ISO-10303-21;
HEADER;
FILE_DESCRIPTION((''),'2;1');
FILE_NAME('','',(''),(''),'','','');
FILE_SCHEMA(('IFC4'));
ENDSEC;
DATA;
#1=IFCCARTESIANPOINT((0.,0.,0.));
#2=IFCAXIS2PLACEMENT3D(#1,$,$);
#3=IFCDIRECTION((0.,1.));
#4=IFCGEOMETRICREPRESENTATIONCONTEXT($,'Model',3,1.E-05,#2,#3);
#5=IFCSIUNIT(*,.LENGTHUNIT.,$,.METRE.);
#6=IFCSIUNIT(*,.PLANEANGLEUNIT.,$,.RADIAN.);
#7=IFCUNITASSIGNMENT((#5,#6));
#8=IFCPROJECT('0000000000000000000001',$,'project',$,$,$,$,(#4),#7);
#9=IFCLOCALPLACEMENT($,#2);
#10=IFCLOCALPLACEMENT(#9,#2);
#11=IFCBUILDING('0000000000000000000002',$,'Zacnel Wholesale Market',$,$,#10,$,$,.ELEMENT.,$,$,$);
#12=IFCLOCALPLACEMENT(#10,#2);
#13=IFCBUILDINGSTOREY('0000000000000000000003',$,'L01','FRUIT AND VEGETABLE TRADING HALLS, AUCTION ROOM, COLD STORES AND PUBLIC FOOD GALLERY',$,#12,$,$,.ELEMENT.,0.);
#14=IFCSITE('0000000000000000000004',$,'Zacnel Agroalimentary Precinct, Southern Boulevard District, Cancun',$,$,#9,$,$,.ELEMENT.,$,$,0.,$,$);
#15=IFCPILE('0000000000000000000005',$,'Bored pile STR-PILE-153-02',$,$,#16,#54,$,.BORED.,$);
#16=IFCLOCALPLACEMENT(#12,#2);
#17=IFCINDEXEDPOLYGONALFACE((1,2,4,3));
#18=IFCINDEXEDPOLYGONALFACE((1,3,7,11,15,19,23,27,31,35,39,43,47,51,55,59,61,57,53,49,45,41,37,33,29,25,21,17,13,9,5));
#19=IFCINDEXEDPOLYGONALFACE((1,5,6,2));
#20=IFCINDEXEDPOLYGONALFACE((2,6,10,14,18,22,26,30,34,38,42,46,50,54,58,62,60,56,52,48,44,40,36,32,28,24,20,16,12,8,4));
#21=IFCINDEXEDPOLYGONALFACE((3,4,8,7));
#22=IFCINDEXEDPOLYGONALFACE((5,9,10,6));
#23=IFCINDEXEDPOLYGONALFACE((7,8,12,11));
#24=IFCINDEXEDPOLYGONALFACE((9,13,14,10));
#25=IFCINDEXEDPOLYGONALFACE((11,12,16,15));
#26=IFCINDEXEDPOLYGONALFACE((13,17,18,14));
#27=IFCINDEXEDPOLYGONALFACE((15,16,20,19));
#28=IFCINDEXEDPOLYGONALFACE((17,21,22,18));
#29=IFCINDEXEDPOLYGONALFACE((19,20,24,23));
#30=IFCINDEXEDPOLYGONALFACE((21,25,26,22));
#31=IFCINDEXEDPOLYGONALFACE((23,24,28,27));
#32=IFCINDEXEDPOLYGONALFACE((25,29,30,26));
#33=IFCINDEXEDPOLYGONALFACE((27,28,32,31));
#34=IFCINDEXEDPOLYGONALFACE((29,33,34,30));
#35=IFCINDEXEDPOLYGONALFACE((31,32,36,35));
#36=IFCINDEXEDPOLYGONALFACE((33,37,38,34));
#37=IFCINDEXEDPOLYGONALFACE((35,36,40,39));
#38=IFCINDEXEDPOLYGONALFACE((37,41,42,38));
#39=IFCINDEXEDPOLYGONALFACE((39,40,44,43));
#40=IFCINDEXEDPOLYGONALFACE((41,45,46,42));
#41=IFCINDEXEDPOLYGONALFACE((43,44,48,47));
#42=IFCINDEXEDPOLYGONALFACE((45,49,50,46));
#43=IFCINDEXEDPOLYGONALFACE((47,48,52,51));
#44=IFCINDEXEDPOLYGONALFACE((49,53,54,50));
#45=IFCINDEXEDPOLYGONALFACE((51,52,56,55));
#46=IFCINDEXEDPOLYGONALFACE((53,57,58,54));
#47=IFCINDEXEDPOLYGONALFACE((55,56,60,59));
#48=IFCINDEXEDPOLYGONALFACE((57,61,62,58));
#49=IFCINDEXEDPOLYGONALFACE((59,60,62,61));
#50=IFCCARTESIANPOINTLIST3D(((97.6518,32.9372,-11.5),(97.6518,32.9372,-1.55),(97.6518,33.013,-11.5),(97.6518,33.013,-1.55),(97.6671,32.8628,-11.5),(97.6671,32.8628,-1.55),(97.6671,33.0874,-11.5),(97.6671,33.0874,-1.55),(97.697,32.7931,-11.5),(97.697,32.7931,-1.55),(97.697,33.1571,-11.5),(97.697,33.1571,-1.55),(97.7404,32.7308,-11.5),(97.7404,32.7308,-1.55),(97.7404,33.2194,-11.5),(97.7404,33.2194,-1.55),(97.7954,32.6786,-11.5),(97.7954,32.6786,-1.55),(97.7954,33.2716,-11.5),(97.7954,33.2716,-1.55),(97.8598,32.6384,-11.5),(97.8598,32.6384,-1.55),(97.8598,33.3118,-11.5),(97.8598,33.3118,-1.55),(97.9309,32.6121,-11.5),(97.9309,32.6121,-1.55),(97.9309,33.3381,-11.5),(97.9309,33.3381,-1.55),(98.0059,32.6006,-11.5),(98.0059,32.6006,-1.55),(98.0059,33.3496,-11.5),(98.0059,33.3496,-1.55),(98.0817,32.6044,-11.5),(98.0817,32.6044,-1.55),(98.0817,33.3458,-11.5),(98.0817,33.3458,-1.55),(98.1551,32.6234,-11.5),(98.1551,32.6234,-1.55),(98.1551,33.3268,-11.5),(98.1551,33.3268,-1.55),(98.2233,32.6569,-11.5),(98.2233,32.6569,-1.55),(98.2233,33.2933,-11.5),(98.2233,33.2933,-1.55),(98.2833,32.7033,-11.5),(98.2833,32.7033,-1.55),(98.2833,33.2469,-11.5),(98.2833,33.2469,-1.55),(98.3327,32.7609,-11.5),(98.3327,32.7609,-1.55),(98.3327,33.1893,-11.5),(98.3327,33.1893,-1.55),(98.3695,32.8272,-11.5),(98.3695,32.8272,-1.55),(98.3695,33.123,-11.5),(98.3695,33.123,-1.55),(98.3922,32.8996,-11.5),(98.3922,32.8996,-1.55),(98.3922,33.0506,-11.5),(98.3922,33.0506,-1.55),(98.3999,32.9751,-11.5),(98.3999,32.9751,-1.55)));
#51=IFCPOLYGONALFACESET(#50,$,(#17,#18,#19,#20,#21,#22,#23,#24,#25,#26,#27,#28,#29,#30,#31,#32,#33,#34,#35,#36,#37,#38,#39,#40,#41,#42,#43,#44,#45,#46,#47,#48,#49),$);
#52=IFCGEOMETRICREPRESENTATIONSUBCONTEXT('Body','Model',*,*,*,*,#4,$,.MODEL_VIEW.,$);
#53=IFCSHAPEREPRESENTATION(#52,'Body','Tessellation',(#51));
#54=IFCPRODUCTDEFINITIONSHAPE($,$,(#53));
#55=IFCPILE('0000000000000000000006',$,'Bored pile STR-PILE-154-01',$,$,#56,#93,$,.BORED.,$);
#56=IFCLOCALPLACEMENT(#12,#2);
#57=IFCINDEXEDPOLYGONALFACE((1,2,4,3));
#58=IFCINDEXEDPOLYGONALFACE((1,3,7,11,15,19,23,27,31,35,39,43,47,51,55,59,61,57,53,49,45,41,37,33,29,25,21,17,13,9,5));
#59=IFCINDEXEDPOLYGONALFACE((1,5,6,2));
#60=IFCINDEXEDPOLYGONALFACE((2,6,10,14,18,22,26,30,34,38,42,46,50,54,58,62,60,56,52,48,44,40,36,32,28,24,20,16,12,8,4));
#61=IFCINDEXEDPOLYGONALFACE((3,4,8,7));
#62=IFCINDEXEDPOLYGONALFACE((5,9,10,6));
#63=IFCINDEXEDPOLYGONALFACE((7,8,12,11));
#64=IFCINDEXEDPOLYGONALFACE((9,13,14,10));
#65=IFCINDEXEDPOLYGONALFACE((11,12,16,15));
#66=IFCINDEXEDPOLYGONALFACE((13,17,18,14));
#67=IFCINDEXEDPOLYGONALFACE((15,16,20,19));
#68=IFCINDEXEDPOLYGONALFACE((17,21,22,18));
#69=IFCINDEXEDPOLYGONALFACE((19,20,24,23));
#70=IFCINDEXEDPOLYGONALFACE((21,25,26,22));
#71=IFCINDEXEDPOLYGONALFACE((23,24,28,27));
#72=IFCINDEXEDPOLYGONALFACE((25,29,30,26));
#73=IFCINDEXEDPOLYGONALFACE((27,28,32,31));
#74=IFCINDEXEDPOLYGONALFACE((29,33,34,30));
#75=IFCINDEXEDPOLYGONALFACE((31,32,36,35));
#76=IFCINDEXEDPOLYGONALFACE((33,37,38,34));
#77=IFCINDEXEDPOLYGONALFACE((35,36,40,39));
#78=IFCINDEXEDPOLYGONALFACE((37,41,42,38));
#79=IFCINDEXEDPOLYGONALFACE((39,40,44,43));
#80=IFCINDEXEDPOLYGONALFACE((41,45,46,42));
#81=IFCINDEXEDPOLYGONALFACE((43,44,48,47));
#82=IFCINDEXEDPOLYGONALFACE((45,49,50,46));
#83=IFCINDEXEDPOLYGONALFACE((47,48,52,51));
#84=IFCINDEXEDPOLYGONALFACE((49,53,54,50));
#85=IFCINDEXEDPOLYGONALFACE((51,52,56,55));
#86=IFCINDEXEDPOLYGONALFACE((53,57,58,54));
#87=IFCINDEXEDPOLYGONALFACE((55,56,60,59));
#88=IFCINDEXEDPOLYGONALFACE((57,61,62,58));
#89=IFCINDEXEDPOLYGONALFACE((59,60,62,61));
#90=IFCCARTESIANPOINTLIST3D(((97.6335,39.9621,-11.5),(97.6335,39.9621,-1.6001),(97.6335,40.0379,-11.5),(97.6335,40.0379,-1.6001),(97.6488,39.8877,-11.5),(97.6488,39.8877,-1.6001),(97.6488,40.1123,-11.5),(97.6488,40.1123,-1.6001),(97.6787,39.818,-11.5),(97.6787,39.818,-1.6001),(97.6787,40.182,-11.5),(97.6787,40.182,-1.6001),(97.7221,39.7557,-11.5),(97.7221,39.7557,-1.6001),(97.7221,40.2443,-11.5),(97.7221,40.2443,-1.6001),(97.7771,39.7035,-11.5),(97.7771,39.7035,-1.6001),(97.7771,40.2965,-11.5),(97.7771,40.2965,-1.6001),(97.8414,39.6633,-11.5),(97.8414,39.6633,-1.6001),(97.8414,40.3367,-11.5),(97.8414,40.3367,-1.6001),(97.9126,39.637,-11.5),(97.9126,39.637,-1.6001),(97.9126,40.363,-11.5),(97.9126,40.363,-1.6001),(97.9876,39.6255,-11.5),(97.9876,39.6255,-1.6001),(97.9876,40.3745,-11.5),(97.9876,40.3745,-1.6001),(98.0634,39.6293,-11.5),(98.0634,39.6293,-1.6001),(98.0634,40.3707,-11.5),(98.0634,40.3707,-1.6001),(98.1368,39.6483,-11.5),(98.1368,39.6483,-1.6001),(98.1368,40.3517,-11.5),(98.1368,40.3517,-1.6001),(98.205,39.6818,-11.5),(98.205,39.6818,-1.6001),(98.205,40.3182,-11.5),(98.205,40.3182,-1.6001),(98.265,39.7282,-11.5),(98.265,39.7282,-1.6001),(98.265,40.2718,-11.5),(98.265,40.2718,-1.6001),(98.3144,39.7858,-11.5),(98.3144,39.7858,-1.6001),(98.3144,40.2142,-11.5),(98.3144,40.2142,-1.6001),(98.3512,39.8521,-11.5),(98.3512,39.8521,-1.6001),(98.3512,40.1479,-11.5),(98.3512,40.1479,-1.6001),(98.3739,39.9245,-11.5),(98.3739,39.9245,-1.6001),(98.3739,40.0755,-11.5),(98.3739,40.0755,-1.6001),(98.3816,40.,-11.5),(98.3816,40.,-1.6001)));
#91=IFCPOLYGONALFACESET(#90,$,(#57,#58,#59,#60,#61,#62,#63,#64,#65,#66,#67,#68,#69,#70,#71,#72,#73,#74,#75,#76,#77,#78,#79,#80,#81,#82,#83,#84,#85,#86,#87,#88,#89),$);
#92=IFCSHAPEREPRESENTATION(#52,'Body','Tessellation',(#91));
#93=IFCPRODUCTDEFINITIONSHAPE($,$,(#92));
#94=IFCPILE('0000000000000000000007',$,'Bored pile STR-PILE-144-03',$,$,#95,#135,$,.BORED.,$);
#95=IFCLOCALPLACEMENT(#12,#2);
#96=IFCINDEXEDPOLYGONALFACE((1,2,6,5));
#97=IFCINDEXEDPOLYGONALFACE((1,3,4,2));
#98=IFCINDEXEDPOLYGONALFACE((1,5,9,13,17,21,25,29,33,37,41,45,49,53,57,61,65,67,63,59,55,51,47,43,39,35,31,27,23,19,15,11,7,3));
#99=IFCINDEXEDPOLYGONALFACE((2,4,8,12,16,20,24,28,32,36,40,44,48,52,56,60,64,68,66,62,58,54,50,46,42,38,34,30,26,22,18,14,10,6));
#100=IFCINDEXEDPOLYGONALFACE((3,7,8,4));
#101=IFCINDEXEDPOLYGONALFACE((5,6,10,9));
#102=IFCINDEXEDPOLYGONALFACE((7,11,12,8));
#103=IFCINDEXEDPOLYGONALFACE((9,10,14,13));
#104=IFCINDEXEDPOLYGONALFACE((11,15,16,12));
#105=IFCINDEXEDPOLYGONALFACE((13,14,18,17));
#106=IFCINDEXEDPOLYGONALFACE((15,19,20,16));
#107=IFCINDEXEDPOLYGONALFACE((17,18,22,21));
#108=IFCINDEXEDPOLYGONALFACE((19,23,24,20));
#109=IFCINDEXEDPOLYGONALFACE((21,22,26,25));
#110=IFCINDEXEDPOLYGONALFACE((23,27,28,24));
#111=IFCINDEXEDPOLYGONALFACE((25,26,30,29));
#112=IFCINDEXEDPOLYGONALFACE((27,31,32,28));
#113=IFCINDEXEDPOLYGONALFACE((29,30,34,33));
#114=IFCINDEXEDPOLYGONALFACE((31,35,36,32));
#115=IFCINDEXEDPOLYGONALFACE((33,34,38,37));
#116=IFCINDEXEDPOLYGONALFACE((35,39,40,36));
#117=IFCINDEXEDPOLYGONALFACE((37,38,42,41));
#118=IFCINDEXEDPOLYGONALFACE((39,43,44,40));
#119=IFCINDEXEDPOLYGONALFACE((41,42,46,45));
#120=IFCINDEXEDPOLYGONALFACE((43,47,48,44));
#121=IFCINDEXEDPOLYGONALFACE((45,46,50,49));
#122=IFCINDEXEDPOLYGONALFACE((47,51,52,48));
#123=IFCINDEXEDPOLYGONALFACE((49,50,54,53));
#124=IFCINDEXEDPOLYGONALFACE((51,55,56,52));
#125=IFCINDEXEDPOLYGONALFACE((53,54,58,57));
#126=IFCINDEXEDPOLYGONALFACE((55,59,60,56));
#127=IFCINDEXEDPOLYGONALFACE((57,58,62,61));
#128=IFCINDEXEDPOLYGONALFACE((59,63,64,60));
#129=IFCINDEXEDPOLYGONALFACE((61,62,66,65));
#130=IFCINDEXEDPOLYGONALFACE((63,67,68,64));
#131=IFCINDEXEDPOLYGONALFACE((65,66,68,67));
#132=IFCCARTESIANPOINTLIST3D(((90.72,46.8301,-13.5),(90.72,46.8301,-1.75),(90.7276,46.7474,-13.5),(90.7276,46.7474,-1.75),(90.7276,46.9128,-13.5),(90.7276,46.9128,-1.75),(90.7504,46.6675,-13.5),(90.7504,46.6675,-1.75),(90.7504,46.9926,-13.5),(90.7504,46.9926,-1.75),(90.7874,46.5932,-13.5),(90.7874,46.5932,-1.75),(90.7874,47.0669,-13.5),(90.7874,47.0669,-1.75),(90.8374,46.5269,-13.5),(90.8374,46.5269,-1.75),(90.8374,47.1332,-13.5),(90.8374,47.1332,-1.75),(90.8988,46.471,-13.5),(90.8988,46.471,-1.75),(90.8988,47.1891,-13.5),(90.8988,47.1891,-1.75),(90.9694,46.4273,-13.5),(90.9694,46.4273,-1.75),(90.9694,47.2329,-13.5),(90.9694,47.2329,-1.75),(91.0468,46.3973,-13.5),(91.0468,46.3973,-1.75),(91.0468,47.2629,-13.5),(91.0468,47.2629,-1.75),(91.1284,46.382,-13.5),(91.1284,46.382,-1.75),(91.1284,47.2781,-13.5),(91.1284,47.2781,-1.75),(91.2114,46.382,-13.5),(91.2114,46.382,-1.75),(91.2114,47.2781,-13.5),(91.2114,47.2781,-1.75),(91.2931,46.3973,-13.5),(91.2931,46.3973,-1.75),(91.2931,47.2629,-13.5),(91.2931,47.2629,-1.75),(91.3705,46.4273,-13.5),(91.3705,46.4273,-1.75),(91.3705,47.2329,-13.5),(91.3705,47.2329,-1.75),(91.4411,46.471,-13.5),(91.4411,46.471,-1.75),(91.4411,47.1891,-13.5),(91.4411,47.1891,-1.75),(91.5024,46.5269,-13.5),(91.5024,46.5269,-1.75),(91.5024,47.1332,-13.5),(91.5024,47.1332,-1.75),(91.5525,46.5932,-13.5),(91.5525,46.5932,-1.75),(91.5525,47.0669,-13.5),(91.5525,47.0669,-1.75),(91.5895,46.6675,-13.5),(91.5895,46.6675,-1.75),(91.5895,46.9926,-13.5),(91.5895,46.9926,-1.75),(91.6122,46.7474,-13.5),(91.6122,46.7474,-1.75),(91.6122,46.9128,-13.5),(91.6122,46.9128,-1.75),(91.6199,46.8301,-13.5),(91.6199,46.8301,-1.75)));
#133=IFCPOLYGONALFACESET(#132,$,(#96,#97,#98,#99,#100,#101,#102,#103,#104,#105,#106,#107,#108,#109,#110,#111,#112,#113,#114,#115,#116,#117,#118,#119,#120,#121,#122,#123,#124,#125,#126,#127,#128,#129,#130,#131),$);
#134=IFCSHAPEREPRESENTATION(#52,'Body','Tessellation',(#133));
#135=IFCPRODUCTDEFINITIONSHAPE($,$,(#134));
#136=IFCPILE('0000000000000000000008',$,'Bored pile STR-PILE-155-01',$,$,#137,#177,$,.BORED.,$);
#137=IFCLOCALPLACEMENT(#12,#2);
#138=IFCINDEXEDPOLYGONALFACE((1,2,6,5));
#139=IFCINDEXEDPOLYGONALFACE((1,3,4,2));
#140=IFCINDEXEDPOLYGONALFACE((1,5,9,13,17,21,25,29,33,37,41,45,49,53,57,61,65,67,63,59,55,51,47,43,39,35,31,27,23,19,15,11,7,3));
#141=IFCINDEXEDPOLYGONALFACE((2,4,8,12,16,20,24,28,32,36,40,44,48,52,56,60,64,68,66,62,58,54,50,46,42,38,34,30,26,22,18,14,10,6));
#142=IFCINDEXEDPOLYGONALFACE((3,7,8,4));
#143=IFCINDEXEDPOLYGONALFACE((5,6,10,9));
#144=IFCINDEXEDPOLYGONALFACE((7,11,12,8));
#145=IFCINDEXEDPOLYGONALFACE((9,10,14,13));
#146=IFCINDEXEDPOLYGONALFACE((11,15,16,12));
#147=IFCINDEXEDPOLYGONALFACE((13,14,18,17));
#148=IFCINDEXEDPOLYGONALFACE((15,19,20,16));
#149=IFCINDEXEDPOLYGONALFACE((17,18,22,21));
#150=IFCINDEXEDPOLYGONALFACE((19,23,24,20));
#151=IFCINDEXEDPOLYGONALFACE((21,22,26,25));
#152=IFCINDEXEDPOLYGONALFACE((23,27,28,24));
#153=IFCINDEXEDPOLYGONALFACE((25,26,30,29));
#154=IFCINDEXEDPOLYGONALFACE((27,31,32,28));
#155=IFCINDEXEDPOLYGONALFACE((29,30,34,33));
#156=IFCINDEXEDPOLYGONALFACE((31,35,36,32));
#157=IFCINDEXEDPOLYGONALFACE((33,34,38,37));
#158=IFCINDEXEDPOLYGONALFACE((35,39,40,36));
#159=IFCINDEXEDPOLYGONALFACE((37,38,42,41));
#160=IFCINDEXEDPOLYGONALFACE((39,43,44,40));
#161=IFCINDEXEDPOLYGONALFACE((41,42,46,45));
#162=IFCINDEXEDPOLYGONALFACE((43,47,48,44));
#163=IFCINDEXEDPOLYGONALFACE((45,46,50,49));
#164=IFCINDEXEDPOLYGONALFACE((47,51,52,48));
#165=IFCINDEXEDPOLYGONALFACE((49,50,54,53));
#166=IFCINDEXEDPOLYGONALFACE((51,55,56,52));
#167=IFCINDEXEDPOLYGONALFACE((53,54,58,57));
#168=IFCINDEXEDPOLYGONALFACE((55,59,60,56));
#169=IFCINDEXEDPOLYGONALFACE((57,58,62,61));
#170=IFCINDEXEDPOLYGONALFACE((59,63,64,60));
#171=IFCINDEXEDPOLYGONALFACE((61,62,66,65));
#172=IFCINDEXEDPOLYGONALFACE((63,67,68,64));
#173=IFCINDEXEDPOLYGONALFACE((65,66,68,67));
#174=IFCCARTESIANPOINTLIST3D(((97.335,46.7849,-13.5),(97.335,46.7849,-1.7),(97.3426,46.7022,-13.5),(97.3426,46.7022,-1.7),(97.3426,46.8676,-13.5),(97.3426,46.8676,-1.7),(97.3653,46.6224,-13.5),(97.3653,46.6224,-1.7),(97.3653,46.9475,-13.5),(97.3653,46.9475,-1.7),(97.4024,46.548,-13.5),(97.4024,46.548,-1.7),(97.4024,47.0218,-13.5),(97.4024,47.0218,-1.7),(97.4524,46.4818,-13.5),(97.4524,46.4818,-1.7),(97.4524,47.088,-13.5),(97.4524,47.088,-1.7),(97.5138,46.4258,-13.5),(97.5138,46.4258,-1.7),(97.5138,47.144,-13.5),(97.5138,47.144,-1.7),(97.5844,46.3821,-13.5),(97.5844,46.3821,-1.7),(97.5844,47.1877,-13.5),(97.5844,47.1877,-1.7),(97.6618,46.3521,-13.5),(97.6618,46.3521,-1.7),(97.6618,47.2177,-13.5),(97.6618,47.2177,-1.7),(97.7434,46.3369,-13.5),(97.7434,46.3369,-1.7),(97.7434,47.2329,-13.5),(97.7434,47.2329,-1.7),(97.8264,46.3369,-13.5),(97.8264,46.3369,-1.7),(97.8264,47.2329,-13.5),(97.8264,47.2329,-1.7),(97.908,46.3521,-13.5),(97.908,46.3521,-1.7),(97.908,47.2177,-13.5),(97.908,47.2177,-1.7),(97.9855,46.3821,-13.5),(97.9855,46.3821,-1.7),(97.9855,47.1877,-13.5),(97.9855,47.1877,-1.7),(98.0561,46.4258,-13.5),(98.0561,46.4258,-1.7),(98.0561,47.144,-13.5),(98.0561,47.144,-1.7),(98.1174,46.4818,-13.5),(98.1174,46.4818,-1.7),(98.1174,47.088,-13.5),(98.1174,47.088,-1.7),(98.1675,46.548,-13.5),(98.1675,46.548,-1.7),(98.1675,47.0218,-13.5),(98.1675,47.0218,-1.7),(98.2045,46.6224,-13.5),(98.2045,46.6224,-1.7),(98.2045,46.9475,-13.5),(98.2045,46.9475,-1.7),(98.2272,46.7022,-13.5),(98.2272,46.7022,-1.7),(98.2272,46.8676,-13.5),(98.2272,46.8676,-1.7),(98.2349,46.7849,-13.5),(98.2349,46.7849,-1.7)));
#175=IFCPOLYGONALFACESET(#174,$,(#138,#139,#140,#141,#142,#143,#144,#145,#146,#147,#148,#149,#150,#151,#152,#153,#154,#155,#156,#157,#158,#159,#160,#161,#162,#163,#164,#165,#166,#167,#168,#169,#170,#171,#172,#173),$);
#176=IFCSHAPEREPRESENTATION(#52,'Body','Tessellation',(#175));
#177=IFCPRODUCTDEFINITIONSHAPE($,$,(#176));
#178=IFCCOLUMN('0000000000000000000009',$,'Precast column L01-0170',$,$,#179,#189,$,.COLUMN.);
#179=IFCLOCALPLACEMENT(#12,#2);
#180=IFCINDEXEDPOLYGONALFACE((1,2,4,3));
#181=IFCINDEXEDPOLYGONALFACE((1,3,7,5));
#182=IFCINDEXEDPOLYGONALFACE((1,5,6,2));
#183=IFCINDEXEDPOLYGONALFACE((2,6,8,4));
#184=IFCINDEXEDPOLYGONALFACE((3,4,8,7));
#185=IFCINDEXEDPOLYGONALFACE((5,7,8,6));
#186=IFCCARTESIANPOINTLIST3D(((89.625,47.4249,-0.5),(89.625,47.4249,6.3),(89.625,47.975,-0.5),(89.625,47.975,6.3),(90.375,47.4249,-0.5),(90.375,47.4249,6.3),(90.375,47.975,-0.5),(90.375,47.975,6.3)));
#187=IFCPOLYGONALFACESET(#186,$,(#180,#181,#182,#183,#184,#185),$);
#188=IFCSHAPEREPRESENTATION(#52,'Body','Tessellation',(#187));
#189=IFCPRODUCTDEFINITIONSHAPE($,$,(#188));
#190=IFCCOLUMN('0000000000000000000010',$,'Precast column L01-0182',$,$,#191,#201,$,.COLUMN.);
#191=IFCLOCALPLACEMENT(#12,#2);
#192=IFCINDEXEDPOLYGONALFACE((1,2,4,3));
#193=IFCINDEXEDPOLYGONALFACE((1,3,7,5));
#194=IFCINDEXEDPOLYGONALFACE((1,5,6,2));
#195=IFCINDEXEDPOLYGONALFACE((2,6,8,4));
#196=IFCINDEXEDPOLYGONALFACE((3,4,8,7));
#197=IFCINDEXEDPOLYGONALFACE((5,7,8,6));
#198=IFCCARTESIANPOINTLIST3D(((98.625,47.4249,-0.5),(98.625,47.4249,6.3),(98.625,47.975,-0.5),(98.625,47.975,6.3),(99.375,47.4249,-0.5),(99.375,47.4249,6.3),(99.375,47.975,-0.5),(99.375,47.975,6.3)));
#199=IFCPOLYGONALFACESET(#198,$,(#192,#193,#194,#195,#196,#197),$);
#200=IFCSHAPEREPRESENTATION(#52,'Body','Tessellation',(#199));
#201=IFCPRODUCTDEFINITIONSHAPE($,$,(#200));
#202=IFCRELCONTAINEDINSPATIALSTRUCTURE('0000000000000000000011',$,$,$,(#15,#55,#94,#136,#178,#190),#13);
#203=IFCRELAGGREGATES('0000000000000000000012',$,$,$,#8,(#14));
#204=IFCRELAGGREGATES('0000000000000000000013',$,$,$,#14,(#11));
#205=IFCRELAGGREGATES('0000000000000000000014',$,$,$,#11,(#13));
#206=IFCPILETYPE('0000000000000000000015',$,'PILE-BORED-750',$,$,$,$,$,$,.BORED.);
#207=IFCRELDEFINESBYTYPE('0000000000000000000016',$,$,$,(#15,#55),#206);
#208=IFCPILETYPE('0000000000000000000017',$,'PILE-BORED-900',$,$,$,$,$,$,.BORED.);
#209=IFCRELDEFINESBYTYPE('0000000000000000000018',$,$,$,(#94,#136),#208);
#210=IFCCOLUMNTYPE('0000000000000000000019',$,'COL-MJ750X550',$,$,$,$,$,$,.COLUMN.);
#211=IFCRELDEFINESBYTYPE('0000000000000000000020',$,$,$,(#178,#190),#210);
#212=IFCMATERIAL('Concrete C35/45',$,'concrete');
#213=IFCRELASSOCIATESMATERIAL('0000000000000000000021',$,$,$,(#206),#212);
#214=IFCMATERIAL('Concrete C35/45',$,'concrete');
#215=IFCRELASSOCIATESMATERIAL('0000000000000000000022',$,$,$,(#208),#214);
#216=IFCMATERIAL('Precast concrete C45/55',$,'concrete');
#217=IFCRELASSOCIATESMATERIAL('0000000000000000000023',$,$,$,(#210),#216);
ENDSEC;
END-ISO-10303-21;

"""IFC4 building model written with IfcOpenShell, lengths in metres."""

from ifc_helpers import new_model, si_unit, direction, frame, origin, origin_2d, place, context, subcontext, project, spatial, rectangle, circle, extrude, material, material_profile, profile_set, type_object, element, save


model = new_model("IFC4")

# Units and contexts
model_context = context("Model", 3, precision=1e-05, world=origin(), true_north=direction((0.0, 1.0)))
body_context = subcontext(model_context, "Body", "Model", "MODEL_VIEW")
ifc_project = project(units=[si_unit("LENGTHUNIT", "METRE"), si_unit("PLANEANGLEUNIT", "RADIAN")], contexts=[model_context])

# Site, building, storey
site_placement = place(None, origin())
site = spatial("IfcSite", under=ifc_project, at=site_placement, Name="Zacnel Agroalimentary Precinct, Southern Boulevard District, Cancun", CompositionType="ELEMENT", RefElevation=0.0)
building_placement = place(site_placement, origin())
building = spatial("IfcBuilding", under=site, at=building_placement, Name="Zacnel Wholesale Market", CompositionType="ELEMENT")
storey_placement = place(building_placement, origin())
storey = spatial("IfcBuildingStorey", under=building, at=storey_placement, Name="L01", Description="FRUIT AND VEGETABLE TRADING HALLS, AUCTION ROOM, COLD STORES AND PUBLIC FOOD GALLERY", CompositionType="ELEMENT", Elevation=0.0)

# Piles
ifc_material_1 = material(Name="Concrete C35/45", Category="concrete")
ifc_material_profile_1 = material_profile(ifc_material_1, circle(Radius=0.375, at=origin_2d()), Name="BORED PILE D750")
ifc_profile_set_1 = profile_set([ifc_material_profile_1], Name="Concrete C35/45")
pile_type_1 = type_object("IfcPileType", Name="PILE-BORED-750", PredefinedType="BORED", material=ifc_profile_set_1)
for number, where, z_axis, x_axis, name in (
    (1, (98.0249, 32.9751, -1.55), (0.0, 0.0, -1.0), (1.0, 0.0, 0.0), "Bored pile STR-PILE-153-02"),
):
    element("IfcPile", number, at=place(storey_placement, frame(where, z_axis=z_axis, x_axis=x_axis)), inside=storey, type_object=pile_type_1, Name=name, PredefinedType="BORED", context=body_context, shape_type="SweptSolid", body=[
        extrude(circle(Radius=0.375, at=origin_2d()), origin(), (0.0, 0.0, 1.0), 9.95),
    ])
pile_1_placement = place(storey_placement, frame((98.0066, 40.0, -1.6001), z_axis=(0.0, 0.0, -1.0), x_axis=(1.0, 0.0, 0.0)))
element("IfcPile", 2, at=pile_1_placement, inside=storey, type_object=pile_type_1, Name="Bored pile STR-PILE-154-01", PredefinedType="BORED", context=body_context, shape_type="SweptSolid", body=[
    extrude(circle(Radius=0.375, at=origin_2d()), origin(), (0.0, 0.0, 1.0), 9.8999),
])
ifc_material_2 = material(Name="Concrete C35/45", Category="concrete")
ifc_material_profile_2 = material_profile(ifc_material_2, circle(Radius=0.45, at=origin_2d()), Name="BORED PILE D900")
ifc_profile_set_2 = profile_set([ifc_material_profile_2], Name="Concrete C35/45")
pile_type_2 = type_object("IfcPileType", Name="PILE-BORED-900", PredefinedType="BORED", material=ifc_profile_set_2)
pile_2_placement = place(storey_placement, frame((91.1699, 46.8301, -1.75), z_axis=(0.0, 0.0, -1.0), x_axis=(1.0, 0.0, 0.0)))
element("IfcPile", 3, at=pile_2_placement, inside=storey, type_object=pile_type_2, Name="Bored pile STR-PILE-144-03", PredefinedType="BORED", context=body_context, shape_type="SweptSolid", body=[
    extrude(circle(Radius=0.45, at=origin_2d()), origin(), (0.0, 0.0, 1.0), 11.75),
])
pile_3_placement = place(storey_placement, frame((97.7849, 46.7849, -1.7), z_axis=(0.0, 0.0, -1.0), x_axis=(1.0, 0.0, 0.0)))
element("IfcPile", 4, at=pile_3_placement, inside=storey, type_object=pile_type_2, Name="Bored pile STR-PILE-155-01", PredefinedType="BORED", context=body_context, shape_type="SweptSolid", body=[
    extrude(circle(Radius=0.45, at=origin_2d()), origin(), (0.0, 0.0, 1.0), 11.8),
])

# Columns
ifc_material_3 = material(Name="Precast concrete C45/55", Category="concrete")
ifc_material_profile_3 = material_profile(ifc_material_3, rectangle(XDim=0.75, YDim=0.55, at=origin_2d()), Name="PC 750x550")
ifc_profile_set_3 = profile_set([ifc_material_profile_3], Name="Precast concrete C45/55")
column_type_1 = type_object("IfcColumnType", Name="COL-MJ750X550", PredefinedType="COLUMN", material=ifc_profile_set_3)
for number, where, z_axis, x_axis, name in (
    (5, (90.0, 47.7, -0.5), (0.0, 0.0, 1.0), (1.0, 0.0, 0.0), "Precast column L01-0170"),
    (6, (99.0, 47.7, -0.5), (0.0, 0.0, 1.0), (1.0, 0.0, 0.0), "Precast column L01-0182"),
):
    element("IfcColumn", number, at=place(storey_placement, frame(where, z_axis=z_axis, x_axis=x_axis)), inside=storey, type_object=column_type_1, Name=name, PredefinedType="COLUMN", context=body_context, shape_type="SweptSolid", body=[
        extrude(rectangle(XDim=0.75, YDim=0.55, at=origin_2d()), origin(), (0.0, 0.0, 1.0), 6.8),
    ])

save(model, "model.ifc")
